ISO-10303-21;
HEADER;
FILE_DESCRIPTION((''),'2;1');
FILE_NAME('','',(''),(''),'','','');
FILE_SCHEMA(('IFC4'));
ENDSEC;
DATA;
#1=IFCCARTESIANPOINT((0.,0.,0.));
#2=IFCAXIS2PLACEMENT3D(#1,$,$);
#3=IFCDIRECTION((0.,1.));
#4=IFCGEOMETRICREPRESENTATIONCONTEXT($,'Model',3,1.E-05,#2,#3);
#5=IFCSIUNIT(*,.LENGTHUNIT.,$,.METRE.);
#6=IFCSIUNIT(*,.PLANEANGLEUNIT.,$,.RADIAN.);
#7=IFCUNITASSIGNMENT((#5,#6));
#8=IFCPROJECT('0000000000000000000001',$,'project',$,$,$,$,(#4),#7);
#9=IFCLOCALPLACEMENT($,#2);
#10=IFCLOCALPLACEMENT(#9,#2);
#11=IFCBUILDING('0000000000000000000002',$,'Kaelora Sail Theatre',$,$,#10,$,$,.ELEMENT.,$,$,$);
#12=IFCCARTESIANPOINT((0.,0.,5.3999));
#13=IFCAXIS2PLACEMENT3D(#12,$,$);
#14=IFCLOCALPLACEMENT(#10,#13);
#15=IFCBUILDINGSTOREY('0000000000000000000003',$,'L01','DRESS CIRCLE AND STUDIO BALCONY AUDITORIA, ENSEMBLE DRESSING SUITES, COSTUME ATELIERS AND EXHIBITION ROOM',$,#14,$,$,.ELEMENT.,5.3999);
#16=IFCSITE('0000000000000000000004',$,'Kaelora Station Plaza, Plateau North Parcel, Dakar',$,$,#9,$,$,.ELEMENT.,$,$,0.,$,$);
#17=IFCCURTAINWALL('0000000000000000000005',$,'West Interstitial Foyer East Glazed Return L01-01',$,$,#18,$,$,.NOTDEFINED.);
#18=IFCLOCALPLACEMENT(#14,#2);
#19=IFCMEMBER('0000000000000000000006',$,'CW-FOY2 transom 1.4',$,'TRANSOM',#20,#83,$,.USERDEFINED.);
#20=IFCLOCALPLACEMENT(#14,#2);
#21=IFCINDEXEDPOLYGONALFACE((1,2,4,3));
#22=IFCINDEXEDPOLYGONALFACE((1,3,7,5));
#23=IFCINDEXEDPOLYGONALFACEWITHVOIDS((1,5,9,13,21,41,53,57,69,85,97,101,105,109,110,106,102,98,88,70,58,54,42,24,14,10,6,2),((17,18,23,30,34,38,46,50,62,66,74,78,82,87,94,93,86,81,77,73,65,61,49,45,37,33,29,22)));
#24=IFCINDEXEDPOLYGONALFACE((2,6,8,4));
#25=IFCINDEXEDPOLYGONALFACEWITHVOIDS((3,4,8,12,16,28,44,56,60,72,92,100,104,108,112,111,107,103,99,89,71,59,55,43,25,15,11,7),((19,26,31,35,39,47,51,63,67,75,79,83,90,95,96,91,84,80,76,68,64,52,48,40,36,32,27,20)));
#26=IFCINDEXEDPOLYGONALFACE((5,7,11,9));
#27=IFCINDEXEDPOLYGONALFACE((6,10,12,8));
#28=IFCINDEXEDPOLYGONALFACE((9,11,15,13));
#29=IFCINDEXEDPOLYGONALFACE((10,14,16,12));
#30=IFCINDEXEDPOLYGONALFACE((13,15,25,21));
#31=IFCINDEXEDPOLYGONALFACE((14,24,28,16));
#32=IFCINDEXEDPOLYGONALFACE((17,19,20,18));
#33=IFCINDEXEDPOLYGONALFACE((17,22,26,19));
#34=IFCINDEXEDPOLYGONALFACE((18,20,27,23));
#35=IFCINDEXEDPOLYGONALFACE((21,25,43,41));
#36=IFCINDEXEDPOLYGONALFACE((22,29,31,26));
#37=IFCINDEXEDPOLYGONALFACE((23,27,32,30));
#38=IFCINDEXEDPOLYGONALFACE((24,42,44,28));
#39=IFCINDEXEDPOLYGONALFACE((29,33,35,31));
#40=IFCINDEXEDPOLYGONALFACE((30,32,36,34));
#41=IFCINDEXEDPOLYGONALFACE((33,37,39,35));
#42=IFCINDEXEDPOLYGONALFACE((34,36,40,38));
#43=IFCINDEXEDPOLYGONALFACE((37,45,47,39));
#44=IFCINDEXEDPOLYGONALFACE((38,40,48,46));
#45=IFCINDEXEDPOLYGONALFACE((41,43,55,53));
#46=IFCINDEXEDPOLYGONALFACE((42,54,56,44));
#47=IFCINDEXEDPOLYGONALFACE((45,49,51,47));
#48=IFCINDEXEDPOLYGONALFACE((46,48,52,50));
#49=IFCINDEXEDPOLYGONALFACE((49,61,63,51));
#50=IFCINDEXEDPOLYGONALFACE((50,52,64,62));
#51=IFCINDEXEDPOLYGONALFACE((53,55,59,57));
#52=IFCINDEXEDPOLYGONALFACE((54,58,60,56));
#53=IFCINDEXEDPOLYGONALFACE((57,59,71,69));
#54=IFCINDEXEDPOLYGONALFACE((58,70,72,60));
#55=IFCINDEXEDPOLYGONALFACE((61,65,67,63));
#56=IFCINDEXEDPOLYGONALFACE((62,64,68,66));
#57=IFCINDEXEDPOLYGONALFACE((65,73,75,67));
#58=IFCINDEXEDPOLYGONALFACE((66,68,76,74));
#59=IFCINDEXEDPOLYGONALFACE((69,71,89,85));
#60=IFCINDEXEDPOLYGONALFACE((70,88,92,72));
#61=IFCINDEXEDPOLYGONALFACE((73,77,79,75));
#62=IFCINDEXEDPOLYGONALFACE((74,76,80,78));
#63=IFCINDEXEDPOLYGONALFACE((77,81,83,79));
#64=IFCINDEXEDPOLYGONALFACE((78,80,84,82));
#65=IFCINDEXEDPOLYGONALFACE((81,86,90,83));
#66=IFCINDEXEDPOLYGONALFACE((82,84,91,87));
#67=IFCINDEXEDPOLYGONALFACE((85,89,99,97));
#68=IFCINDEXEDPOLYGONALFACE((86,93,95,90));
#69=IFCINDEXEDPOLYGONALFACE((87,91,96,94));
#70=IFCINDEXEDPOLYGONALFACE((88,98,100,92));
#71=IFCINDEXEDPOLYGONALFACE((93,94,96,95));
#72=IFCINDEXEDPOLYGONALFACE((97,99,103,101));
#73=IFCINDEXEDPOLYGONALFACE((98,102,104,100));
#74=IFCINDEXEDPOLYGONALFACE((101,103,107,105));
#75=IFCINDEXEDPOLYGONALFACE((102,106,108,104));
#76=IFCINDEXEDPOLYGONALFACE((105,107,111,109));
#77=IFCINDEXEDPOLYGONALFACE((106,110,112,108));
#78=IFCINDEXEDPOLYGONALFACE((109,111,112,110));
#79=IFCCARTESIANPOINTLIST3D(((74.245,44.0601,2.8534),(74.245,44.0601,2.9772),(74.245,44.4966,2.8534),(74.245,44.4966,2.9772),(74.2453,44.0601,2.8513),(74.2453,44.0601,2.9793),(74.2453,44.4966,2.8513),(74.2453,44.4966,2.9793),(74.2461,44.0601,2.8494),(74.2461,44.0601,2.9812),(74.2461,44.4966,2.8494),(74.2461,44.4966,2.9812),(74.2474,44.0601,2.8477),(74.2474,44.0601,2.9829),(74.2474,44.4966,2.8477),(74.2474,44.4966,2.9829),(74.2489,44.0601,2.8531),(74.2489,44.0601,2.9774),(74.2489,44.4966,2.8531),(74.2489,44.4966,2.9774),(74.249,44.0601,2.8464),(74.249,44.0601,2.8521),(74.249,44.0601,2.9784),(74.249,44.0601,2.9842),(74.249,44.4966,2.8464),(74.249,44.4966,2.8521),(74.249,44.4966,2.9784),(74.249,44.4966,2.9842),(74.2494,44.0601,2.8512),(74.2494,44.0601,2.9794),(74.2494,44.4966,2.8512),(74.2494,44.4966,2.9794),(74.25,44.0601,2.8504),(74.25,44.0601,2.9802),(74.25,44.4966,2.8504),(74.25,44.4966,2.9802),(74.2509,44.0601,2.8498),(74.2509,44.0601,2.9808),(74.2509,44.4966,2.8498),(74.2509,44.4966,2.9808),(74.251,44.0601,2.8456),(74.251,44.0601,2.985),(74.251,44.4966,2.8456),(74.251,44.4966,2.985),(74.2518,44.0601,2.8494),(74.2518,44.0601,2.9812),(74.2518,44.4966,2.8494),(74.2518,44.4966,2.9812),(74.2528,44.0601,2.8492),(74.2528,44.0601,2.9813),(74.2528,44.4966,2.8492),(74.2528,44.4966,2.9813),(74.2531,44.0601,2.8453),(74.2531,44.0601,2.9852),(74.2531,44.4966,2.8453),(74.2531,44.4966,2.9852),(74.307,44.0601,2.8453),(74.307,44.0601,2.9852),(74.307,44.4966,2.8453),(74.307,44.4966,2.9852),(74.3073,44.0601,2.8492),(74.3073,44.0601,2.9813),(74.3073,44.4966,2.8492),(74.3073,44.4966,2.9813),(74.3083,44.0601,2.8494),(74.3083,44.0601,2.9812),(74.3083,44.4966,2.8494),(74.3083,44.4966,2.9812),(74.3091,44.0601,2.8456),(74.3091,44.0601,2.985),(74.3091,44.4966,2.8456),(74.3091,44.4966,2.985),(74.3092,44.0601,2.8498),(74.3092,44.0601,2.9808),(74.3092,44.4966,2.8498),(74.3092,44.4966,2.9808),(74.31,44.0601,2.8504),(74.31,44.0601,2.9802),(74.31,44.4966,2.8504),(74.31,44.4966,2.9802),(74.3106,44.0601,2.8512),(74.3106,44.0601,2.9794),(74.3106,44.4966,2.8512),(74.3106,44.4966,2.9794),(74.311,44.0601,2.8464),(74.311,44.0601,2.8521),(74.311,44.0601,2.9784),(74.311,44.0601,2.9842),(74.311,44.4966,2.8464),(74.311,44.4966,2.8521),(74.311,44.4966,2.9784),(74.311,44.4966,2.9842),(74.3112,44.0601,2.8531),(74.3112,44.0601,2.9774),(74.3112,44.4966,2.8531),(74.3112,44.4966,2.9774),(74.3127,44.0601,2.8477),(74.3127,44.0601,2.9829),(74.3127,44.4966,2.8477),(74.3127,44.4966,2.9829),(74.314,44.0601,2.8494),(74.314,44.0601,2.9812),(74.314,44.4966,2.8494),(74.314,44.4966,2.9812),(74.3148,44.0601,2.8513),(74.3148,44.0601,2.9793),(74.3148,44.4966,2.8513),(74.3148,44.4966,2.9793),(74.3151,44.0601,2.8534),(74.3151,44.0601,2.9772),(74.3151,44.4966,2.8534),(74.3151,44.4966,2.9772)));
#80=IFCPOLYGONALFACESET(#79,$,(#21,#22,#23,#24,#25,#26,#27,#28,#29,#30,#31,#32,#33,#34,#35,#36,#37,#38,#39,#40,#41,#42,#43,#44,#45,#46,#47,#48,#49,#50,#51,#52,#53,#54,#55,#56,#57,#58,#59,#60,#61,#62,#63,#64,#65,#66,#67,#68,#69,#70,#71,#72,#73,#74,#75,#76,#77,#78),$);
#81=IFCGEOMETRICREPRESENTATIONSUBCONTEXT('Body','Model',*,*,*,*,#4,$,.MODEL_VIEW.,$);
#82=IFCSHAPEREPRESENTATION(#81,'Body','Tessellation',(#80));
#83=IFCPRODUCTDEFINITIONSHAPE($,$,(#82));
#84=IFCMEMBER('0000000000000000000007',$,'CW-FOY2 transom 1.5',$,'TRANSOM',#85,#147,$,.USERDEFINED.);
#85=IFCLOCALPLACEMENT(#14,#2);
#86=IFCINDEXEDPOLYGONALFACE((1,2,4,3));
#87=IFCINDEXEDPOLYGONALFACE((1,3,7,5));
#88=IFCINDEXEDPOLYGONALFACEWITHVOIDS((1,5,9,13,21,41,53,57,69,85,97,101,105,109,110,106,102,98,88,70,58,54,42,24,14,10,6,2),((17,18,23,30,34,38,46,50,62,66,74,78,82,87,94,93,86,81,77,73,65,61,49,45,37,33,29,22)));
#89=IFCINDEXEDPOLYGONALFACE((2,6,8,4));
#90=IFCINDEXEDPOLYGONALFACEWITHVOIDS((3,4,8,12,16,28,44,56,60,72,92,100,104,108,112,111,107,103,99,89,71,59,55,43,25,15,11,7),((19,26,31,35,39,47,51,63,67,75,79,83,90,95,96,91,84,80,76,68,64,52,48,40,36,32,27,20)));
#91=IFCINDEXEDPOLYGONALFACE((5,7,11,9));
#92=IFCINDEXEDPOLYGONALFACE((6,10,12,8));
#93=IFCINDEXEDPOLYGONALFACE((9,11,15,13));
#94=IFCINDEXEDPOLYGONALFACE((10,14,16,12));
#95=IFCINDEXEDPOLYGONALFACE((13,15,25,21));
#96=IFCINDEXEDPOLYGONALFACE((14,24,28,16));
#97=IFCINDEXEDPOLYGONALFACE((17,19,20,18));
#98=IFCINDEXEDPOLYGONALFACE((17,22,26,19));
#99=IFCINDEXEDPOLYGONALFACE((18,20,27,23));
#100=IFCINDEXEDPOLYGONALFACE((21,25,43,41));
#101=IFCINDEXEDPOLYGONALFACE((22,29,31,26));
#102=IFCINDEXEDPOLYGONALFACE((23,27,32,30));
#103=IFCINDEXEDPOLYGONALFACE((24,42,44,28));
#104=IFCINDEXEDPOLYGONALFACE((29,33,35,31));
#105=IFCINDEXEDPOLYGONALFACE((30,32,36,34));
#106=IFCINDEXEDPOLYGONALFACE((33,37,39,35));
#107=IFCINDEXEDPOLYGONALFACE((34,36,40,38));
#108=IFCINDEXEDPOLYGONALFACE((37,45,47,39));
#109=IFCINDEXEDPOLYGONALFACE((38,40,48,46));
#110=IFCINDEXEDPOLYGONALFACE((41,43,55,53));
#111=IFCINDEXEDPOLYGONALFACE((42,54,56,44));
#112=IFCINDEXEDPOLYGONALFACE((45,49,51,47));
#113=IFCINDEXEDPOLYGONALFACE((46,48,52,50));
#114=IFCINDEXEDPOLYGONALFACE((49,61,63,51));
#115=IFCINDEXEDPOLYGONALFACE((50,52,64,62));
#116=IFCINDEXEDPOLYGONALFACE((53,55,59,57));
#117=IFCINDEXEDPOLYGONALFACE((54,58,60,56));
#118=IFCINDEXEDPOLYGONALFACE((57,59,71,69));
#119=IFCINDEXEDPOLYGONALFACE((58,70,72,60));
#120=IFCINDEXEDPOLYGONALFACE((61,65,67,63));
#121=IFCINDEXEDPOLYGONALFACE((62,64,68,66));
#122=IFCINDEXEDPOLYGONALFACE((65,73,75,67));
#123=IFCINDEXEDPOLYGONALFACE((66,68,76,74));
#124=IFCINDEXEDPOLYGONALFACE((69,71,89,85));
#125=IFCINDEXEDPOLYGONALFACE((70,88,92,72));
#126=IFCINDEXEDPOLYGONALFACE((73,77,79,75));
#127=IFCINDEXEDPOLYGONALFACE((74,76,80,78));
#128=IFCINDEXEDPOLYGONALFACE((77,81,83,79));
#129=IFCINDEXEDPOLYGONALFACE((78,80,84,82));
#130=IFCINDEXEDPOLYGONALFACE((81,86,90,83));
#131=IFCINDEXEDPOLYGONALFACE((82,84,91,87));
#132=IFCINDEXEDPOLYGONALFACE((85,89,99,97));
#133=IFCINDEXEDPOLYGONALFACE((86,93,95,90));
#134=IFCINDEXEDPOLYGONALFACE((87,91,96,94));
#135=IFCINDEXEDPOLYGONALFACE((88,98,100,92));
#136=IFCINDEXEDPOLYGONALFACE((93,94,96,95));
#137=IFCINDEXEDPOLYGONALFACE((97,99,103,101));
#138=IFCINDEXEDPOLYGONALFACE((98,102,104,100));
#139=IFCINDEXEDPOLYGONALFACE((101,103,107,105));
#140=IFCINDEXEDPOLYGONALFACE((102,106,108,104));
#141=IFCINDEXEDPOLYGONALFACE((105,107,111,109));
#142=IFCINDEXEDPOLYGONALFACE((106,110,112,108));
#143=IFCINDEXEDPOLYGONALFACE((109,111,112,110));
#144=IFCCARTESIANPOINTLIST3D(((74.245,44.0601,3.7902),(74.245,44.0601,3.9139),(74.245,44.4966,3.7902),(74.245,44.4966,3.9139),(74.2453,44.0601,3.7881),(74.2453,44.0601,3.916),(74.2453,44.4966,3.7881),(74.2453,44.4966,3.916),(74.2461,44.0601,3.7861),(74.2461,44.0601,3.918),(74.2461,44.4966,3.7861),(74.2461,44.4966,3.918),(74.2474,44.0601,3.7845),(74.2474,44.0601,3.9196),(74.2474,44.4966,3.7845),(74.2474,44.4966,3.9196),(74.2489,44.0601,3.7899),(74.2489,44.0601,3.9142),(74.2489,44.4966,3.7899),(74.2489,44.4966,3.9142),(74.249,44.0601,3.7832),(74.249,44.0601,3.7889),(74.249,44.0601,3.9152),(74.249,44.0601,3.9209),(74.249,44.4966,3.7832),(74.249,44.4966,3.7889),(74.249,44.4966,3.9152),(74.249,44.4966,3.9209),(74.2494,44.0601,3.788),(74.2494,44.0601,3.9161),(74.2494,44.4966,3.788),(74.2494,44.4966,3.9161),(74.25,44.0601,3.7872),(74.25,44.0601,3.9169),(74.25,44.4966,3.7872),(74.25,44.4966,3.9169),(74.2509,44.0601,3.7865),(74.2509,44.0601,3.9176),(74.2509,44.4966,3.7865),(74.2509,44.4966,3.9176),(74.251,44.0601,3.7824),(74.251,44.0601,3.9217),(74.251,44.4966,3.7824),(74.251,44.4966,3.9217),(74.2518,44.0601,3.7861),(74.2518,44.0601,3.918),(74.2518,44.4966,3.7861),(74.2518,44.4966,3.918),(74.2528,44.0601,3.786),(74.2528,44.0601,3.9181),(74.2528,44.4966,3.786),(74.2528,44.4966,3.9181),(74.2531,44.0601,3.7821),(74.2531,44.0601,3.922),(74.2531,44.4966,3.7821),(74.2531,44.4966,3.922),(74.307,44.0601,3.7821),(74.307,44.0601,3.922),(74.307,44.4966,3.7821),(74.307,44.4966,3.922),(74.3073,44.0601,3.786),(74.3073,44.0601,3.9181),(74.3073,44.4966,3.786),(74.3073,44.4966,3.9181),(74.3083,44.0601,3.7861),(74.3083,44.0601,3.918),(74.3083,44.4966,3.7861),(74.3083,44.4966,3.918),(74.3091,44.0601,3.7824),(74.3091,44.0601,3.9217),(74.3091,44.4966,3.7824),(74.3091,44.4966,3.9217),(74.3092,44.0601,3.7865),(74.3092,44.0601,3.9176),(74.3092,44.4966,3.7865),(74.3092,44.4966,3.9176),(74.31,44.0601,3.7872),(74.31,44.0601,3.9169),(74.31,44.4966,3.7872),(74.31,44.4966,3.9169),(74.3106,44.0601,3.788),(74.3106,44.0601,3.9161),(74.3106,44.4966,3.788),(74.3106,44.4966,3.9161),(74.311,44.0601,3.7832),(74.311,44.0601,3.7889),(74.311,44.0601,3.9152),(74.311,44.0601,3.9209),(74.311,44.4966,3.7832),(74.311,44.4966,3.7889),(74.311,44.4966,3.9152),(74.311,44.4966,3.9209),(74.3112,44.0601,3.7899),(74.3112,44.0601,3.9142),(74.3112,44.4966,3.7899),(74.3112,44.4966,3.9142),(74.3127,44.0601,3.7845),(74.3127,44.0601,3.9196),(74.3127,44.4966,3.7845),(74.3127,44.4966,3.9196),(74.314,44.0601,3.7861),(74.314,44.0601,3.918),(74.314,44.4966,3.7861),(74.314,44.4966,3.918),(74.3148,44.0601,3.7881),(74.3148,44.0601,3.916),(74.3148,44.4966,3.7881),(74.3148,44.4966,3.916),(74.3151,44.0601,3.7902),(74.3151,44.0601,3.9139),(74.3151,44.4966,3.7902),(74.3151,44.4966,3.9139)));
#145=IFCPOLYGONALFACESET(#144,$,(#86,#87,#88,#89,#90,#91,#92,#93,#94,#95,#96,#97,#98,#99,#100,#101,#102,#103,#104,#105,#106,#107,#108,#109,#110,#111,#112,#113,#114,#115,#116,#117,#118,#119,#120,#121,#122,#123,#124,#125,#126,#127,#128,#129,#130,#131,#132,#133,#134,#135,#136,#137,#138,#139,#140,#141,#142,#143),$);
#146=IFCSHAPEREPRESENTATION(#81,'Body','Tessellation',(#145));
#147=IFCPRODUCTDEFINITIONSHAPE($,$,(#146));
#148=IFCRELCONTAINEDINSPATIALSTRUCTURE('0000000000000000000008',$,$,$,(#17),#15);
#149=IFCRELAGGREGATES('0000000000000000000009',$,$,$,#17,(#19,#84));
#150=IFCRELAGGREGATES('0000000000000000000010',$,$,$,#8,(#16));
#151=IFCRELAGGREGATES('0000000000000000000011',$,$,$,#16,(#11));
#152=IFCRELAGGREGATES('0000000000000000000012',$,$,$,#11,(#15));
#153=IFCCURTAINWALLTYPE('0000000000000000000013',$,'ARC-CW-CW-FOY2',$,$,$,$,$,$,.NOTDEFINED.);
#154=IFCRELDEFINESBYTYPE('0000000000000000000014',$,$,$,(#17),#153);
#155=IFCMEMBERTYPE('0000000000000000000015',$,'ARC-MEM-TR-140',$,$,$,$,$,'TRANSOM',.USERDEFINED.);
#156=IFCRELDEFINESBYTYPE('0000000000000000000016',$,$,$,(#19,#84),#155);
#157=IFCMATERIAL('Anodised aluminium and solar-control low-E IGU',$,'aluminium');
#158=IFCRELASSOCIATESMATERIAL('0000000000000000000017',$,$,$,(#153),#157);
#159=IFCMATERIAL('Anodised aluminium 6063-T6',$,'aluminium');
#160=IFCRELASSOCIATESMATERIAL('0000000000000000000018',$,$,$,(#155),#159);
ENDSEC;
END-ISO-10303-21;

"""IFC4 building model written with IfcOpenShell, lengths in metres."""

from ifc_helpers import new_model, si_unit, direction, frame, origin, origin_2d, place, context, subcontext, project, spatial, hollow_rectangle, extrude, material, material_profile, profile_set, type_object, element, aggregate, save


model = new_model("IFC4")

# Units and contexts
model_context = context("Model", 3, precision=1e-05, world=origin(), true_north=direction((0.0, 1.0)))
body_context = subcontext(model_context, "Body", "Model", "MODEL_VIEW")
ifc_project = project(units=[si_unit("LENGTHUNIT", "METRE"), si_unit("PLANEANGLEUNIT", "RADIAN")], contexts=[model_context])

# Site, building, storey
site_placement = place(None, origin())
site = spatial("IfcSite", under=ifc_project, at=site_placement, Name="Kaelora Station Plaza, Plateau North Parcel, Dakar", CompositionType="ELEMENT", RefElevation=0.0)
building_placement = place(site_placement, origin())
building = spatial("IfcBuilding", under=site, at=building_placement, Name="Kaelora Sail Theatre", CompositionType="ELEMENT")
storey_placement = place(building_placement, frame((0.0, 0.0, 5.3999)))
storey = spatial("IfcBuildingStorey", under=building, at=storey_placement, Name="L01", Description="DRESS CIRCLE AND STUDIO BALCONY AUDITORIA, ENSEMBLE DRESSING SUITES, COSTUME ATELIERS AND EXHIBITION ROOM", CompositionType="ELEMENT", Elevation=5.3999)

# Curtain wall, members
ifc_material_1 = material(Name="Anodised aluminium and solar-control low-E IGU", Category="aluminium")
curtain_wall_type = type_object("IfcCurtainWallType", Name="ARC-CW-CW-FOY2", PredefinedType="NOTDEFINED", material=ifc_material_1)
curtain_wall_placement = place(storey_placement, origin())
curtain_wall = element("IfcCurtainWall", 1, at=curtain_wall_placement, inside=storey, type_object=curtain_wall_type, Name="West Interstitial Foyer East Glazed Return L01-01", PredefinedType="NOTDEFINED")
ifc_material_2 = material(Name="Anodised aluminium 6063-T6", Category="aluminium")
ifc_material_profile_1 = material_profile(ifc_material_2, hollow_rectangle(XDim=0.0701, YDim=0.1399, WallThickness=0.0039, InnerFilletRadius=0.0039, OuterFilletRadius=0.0081, at=origin_2d()), Name="ALU-TRAN 70x140x4")
ifc_profile_set_1 = profile_set([ifc_material_profile_1], Name="Anodised aluminium 6063-T6")
member_type_1 = type_object("IfcMemberType", Name="ARC-MEM-TR-140", ElementType="TRANSOM", PredefinedType="USERDEFINED", material=ifc_profile_set_1)
member_1_placement = place(storey_placement, frame((74.28, 44.0601, 2.9153), z_axis=(0.0, 1.0, 0.0), x_axis=(-1.0, 0.0, 0.0)))
member_1 = element("IfcMember", 2, at=member_1_placement, type_object=member_type_1, Name="CW-FOY2 transom 1.4", ObjectType="TRANSOM", PredefinedType="USERDEFINED", context=body_context, shape_type="SweptSolid", body=[
    extrude(hollow_rectangle(XDim=0.0701, YDim=0.1399, WallThickness=0.0039, InnerFilletRadius=0.0039, OuterFilletRadius=0.0081, at=origin_2d()), origin(), (0.0, 0.0, 1.0), 0.4365),
])
member_2_placement = place(storey_placement, frame((74.28, 44.0601, 3.8521), z_axis=(0.0, 1.0, 0.0), x_axis=(-1.0, 0.0, 0.0)))
member_2 = element("IfcMember", 3, at=member_2_placement, type_object=member_type_1, Name="CW-FOY2 transom 1.5", ObjectType="TRANSOM", PredefinedType="USERDEFINED", context=body_context, shape_type="SweptSolid", body=[
    extrude(hollow_rectangle(XDim=0.0701, YDim=0.1399, WallThickness=0.0039, InnerFilletRadius=0.0039, OuterFilletRadius=0.0081, at=origin_2d()), origin(), (0.0, 0.0, 1.0), 0.4365),
])

aggregate(curtain_wall, [member_1, member_2])

save(model, "model.ifc")
